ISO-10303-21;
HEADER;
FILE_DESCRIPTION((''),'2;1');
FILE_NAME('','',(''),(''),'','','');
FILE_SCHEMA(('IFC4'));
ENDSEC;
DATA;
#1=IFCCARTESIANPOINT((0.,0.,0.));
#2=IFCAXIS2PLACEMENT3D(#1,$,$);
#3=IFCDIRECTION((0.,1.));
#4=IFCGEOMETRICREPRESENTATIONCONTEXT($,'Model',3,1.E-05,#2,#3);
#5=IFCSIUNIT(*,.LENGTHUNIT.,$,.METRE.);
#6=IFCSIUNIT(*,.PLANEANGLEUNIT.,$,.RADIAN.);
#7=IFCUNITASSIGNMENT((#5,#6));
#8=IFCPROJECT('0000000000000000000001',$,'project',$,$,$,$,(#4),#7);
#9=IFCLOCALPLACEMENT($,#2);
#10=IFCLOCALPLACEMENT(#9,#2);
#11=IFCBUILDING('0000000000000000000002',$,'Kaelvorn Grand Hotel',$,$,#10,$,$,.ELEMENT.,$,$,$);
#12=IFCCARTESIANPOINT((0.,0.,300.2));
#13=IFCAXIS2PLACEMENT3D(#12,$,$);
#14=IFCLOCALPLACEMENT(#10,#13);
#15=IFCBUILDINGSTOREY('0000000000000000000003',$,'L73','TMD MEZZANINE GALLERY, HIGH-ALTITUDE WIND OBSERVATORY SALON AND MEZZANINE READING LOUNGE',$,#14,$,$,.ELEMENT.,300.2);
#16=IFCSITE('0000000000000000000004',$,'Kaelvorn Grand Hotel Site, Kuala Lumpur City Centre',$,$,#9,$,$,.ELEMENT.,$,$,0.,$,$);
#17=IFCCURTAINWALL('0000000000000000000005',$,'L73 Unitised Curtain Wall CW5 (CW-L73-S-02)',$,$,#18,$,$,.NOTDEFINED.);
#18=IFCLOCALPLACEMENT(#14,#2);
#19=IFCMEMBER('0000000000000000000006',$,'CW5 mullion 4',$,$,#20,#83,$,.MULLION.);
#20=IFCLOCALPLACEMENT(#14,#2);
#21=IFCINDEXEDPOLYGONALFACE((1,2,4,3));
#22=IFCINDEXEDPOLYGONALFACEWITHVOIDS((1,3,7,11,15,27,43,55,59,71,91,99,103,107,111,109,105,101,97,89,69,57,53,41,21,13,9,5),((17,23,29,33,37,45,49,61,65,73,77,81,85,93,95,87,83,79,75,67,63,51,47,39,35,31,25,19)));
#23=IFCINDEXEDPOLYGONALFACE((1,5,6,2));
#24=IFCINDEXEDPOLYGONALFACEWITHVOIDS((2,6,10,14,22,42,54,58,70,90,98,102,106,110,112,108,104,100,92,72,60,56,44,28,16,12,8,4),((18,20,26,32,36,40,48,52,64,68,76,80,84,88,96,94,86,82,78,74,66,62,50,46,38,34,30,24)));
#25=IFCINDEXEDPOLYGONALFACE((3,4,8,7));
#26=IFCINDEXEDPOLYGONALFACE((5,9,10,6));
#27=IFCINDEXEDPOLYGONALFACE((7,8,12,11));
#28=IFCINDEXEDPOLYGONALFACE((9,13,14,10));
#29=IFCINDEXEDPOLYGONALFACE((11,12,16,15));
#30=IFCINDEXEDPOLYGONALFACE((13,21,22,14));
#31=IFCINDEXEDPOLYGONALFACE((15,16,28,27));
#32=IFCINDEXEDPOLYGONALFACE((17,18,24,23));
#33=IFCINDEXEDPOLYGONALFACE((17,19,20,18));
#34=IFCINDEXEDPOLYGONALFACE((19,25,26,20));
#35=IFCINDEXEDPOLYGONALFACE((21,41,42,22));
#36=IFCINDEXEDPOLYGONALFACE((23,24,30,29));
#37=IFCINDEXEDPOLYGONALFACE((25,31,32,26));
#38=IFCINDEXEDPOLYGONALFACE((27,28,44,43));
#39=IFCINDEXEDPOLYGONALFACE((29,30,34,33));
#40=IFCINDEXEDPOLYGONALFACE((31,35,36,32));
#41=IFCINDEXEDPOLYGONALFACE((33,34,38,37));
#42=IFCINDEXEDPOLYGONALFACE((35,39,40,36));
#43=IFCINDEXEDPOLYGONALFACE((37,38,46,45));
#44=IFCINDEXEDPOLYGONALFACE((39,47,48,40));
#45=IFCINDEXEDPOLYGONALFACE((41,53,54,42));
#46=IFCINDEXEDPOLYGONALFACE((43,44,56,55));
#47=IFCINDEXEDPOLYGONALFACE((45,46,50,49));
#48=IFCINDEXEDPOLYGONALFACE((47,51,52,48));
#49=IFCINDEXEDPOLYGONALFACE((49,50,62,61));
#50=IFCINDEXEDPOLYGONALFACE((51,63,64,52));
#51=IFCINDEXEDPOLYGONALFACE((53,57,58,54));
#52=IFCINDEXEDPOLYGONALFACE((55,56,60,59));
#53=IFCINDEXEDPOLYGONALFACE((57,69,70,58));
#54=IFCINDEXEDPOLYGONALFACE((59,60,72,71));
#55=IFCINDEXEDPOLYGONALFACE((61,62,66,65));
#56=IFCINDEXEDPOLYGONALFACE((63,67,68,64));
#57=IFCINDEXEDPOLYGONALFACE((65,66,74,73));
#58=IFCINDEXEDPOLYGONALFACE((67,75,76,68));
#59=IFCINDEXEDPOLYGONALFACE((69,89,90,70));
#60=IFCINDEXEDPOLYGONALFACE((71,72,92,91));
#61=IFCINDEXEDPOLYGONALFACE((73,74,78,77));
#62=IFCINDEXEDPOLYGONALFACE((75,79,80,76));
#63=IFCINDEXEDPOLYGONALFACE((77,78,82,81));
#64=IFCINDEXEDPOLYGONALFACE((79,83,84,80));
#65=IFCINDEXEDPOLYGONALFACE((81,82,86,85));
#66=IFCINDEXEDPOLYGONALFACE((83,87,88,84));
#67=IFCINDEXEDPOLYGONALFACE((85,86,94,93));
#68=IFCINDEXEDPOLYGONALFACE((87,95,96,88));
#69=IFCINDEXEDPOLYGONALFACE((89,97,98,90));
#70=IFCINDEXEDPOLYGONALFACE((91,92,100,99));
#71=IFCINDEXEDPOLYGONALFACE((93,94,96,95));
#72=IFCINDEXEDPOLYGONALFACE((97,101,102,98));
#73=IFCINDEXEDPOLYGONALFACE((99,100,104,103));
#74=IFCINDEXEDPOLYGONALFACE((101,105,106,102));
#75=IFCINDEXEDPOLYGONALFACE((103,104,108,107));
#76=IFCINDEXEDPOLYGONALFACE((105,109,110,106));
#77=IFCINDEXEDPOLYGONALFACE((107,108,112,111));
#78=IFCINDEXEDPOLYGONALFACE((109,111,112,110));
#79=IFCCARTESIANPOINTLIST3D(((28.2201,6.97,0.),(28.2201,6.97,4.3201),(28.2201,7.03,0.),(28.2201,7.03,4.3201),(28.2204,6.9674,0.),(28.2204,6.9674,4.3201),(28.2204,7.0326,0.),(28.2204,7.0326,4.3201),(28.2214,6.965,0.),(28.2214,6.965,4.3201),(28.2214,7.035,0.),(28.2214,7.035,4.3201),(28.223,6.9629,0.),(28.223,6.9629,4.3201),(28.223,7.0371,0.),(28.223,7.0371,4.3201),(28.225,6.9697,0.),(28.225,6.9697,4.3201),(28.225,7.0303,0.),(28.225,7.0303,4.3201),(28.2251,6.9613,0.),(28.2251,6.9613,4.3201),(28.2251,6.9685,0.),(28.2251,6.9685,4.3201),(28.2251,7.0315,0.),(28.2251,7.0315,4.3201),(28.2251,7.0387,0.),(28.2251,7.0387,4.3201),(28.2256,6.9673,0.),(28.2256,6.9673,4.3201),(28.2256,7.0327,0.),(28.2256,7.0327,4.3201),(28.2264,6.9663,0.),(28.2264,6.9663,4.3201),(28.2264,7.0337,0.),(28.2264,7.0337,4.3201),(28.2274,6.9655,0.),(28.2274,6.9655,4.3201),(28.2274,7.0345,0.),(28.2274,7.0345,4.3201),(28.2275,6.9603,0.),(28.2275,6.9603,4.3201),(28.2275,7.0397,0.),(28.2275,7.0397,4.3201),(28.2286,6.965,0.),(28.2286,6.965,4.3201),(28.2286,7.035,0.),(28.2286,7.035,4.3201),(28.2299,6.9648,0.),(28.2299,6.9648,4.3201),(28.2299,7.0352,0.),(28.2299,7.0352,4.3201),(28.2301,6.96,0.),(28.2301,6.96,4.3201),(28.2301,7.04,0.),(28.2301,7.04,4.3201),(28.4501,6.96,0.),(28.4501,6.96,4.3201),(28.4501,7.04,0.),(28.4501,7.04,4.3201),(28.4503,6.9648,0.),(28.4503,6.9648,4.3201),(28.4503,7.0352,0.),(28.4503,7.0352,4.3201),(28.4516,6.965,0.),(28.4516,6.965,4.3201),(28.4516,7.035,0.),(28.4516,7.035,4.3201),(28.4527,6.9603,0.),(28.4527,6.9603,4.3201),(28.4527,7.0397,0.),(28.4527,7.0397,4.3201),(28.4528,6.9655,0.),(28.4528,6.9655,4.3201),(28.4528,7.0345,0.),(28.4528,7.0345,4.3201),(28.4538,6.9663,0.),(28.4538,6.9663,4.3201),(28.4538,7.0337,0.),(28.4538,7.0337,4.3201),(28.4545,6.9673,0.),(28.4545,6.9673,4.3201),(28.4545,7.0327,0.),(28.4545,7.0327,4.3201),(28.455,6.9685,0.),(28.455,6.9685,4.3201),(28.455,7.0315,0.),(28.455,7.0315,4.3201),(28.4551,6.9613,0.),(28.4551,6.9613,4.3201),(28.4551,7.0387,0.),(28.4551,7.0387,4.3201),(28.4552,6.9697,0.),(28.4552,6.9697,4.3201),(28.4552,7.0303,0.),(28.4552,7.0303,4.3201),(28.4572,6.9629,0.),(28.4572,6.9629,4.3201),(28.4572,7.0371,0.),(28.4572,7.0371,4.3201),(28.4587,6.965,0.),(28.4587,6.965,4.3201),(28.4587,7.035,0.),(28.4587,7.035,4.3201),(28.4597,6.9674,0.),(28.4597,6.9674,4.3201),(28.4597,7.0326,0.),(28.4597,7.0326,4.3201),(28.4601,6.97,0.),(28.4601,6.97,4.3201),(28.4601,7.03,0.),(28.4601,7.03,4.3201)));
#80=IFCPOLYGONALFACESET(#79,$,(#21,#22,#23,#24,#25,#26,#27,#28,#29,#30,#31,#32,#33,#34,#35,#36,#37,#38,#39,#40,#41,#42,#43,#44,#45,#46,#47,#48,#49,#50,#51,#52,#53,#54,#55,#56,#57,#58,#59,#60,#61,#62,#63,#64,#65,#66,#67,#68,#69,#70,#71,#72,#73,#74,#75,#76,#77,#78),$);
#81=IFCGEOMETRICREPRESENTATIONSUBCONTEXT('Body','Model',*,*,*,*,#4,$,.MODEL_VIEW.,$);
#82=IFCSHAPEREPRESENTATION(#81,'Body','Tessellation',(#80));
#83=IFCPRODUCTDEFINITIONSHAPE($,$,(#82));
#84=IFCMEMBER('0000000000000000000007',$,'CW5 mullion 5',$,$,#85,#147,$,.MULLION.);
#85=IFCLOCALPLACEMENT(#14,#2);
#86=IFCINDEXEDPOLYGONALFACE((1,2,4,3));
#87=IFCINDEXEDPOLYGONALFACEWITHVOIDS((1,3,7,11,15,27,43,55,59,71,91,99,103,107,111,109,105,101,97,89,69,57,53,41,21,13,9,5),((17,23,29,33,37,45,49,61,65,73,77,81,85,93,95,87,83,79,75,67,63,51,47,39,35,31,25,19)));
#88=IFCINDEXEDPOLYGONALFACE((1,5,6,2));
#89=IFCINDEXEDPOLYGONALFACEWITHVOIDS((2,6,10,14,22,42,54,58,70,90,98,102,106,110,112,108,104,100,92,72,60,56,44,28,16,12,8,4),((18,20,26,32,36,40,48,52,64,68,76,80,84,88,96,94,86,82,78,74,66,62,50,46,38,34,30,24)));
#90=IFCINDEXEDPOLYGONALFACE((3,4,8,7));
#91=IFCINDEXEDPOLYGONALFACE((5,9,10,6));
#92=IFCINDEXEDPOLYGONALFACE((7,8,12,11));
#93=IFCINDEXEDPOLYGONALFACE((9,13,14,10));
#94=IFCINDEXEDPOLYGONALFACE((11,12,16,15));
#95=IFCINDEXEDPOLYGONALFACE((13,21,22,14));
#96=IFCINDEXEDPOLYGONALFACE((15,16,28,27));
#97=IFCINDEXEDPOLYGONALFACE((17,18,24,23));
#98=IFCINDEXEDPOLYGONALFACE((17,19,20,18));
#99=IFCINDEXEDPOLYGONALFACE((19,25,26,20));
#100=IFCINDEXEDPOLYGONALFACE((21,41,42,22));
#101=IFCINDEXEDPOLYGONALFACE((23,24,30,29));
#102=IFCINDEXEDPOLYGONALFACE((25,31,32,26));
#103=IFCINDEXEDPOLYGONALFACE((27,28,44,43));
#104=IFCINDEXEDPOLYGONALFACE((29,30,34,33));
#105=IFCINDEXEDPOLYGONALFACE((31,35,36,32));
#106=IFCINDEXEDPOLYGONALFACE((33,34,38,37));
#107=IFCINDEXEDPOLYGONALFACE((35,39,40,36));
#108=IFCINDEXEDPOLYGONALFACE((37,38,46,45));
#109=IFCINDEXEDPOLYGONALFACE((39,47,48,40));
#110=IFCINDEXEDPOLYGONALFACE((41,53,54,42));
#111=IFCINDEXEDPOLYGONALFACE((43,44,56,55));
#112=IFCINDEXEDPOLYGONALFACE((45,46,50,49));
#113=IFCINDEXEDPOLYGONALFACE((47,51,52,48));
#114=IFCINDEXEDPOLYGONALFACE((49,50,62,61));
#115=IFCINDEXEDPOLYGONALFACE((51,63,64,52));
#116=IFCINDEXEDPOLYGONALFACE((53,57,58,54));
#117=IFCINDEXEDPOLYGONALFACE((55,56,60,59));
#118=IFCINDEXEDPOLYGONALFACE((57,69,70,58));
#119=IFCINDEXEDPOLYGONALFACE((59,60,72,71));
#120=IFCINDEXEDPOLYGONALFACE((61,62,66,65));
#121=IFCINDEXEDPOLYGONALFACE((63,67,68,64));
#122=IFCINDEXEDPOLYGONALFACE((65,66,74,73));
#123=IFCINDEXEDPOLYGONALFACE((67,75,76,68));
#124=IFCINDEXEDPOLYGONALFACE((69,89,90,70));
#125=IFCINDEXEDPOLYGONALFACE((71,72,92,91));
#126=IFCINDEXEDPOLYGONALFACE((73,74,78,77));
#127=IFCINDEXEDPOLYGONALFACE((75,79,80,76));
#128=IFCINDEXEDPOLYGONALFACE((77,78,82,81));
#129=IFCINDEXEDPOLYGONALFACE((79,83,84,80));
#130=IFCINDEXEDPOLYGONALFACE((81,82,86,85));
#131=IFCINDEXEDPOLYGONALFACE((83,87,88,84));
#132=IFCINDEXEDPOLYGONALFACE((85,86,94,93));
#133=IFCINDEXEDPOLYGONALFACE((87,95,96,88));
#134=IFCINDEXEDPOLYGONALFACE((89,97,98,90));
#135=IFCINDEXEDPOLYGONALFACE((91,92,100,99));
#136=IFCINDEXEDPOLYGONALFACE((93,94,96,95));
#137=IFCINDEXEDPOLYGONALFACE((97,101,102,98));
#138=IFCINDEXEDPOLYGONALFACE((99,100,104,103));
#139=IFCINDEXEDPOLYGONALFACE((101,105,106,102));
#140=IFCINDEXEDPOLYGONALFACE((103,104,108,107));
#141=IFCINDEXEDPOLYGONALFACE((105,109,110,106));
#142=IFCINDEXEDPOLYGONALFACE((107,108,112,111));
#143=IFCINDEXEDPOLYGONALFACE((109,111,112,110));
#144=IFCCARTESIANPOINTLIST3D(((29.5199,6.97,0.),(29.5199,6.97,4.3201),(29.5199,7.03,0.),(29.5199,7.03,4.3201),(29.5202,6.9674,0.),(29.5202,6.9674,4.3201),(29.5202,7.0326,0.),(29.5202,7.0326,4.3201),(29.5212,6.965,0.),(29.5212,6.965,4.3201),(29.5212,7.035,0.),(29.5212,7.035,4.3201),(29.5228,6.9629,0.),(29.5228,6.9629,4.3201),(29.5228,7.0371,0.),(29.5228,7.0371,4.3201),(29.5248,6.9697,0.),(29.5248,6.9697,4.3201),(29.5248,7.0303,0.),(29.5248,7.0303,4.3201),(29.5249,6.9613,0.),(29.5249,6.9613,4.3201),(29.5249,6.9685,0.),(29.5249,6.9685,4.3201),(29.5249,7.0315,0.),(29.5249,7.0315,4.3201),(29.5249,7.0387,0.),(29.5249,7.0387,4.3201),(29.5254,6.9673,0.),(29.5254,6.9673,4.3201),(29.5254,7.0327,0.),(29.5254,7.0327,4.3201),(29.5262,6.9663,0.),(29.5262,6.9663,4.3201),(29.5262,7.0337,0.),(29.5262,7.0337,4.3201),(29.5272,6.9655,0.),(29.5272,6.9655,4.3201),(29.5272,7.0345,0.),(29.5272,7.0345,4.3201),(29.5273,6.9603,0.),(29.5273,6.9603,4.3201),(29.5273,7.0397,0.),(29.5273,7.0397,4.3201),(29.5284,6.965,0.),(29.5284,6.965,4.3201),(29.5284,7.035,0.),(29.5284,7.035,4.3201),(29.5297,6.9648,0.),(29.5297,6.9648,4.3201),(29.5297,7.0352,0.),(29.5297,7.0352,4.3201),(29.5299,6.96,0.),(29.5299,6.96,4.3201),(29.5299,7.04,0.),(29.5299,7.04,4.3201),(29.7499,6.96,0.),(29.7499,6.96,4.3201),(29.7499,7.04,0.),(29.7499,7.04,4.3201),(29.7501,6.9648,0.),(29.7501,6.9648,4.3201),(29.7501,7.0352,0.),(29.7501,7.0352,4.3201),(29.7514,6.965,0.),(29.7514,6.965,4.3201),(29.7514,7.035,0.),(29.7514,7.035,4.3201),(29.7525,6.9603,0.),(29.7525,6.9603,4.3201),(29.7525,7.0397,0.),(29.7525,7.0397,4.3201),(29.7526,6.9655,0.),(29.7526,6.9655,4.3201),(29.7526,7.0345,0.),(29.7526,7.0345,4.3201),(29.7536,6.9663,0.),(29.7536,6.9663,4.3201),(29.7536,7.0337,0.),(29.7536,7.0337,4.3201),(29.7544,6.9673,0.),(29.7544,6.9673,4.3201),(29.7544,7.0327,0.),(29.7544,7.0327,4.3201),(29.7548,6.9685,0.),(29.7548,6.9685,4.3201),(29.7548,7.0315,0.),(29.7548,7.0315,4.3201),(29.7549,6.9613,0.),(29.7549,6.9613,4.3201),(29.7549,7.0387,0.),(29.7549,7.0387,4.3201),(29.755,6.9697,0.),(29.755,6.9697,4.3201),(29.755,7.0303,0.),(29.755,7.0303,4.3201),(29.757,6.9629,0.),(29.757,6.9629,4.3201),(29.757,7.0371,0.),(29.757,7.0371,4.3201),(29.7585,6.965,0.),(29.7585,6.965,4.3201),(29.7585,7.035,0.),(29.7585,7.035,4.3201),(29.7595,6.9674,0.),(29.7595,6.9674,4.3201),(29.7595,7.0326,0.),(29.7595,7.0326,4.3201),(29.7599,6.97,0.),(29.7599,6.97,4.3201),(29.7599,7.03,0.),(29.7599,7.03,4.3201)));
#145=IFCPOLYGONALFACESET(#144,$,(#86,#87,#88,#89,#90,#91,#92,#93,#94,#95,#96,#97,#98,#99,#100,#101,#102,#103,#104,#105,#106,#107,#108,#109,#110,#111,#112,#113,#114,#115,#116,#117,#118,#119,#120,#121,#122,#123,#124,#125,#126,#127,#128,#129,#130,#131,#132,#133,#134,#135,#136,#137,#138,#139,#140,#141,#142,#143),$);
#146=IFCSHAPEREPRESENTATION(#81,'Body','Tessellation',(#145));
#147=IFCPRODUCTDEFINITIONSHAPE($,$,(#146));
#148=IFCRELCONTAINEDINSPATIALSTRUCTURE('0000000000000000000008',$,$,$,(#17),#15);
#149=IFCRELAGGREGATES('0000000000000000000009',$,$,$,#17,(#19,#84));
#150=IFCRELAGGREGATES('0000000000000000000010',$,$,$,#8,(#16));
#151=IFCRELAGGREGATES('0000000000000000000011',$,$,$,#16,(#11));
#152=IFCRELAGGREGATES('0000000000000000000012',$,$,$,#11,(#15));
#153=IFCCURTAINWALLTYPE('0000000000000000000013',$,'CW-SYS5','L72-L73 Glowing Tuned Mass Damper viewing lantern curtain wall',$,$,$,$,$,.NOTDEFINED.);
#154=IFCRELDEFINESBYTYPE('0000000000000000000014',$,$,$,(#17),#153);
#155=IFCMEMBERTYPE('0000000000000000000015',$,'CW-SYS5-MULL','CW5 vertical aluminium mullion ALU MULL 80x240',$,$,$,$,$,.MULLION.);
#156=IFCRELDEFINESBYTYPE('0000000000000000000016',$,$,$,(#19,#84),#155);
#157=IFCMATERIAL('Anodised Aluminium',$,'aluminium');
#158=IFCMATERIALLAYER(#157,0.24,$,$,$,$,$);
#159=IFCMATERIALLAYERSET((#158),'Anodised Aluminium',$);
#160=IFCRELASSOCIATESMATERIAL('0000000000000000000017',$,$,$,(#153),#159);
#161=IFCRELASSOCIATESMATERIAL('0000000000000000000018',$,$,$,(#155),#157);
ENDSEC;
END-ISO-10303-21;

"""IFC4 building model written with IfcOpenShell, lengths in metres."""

from ifc_helpers import new_model, si_unit, direction, frame, origin, origin_2d, place, context, subcontext, project, spatial, hollow_rectangle, extrude, material, layer, layer_set, material_profile, profile_set, type_object, element, aggregate, save


model = new_model("IFC4")

# Units and contexts
model_context = context("Model", 3, precision=1e-05, world=origin(), true_north=direction((0.0, 1.0)))
body_context = subcontext(model_context, "Body", "Model", "MODEL_VIEW")
ifc_project = project(units=[si_unit("LENGTHUNIT", "METRE"), si_unit("PLANEANGLEUNIT", "RADIAN")], contexts=[model_context])

# Site, building, storey
site_placement = place(None, origin())
site = spatial("IfcSite", under=ifc_project, at=site_placement, Name="Kaelvorn Grand Hotel Site, Kuala Lumpur City Centre", CompositionType="ELEMENT", RefElevation=0.0)
building_placement = place(site_placement, origin())
building = spatial("IfcBuilding", under=site, at=building_placement, Name="Kaelvorn Grand Hotel", CompositionType="ELEMENT")
storey_placement = place(building_placement, frame((0.0, 0.0, 300.2)))
storey = spatial("IfcBuildingStorey", under=building, at=storey_placement, Name="L73", Description="TMD MEZZANINE GALLERY, HIGH-ALTITUDE WIND OBSERVATORY SALON AND MEZZANINE READING LOUNGE", CompositionType="ELEMENT", Elevation=300.2)

# Curtain wall, members
ifc_material_1 = material(Name="Anodised Aluminium", Category="aluminium")
ifc_layer_1 = layer(ifc_material_1, 0.24)
ifc_layer_set_1 = layer_set([ifc_layer_1], Name="Anodised Aluminium")
curtain_wall_type = type_object("IfcCurtainWallType", Name="CW-SYS5", Description="L72-L73 Glowing Tuned Mass Damper viewing lantern curtain wall", PredefinedType="NOTDEFINED", material=ifc_layer_set_1)
curtain_wall_1_placement = place(storey_placement, origin())
curtain_wall_1 = element("IfcCurtainWall", 1, at=curtain_wall_1_placement, inside=storey, type_object=curtain_wall_type, Name="L73 Unitised Curtain Wall CW5 (CW-L73-S-02)", PredefinedType="NOTDEFINED")
ifc_material_profile_1 = material_profile(ifc_material_1, hollow_rectangle(XDim=0.0801, YDim=0.24, WallThickness=0.0049, InnerFilletRadius=0.0049, OuterFilletRadius=0.01, at=origin_2d()), Name="ALU MULL 80x240")
ifc_profile_set_1 = profile_set([ifc_material_profile_1], Name="Anodised Aluminium")
member_type_1 = type_object("IfcMemberType", Name="CW-SYS5-MULL", Description="CW5 vertical aluminium mullion ALU MULL 80x240", PredefinedType="MULLION", material=ifc_profile_set_1)
member_1_placement = place(storey_placement, frame((28.3401, 7.0, 0.0), z_axis=(0.0, 0.0, 1.0), x_axis=(0.0, 1.0, 0.0)))
member_1 = element("IfcMember", 2, at=member_1_placement, type_object=member_type_1, Name="CW5 mullion 4", PredefinedType="MULLION", context=body_context, shape_type="SweptSolid", body=[
    extrude(hollow_rectangle(XDim=0.0801, YDim=0.24, WallThickness=0.0049, InnerFilletRadius=0.0049, OuterFilletRadius=0.01, at=origin_2d()), origin(), (0.0, 0.0, 1.0), 4.3201),
])
member_2_placement = place(storey_placement, frame((29.6399, 7.0, 0.0), z_axis=(0.0, 0.0, 1.0), x_axis=(0.0, 1.0, 0.0)))
member_2 = element("IfcMember", 3, at=member_2_placement, type_object=member_type_1, Name="CW5 mullion 5", PredefinedType="MULLION", context=body_context, shape_type="SweptSolid", body=[
    extrude(hollow_rectangle(XDim=0.0801, YDim=0.24, WallThickness=0.0049, InnerFilletRadius=0.0049, OuterFilletRadius=0.01, at=origin_2d()), origin(), (0.0, 0.0, 1.0), 4.3201),
])

aggregate(curtain_wall_1, [member_1, member_2])

save(model, "model.ifc")
